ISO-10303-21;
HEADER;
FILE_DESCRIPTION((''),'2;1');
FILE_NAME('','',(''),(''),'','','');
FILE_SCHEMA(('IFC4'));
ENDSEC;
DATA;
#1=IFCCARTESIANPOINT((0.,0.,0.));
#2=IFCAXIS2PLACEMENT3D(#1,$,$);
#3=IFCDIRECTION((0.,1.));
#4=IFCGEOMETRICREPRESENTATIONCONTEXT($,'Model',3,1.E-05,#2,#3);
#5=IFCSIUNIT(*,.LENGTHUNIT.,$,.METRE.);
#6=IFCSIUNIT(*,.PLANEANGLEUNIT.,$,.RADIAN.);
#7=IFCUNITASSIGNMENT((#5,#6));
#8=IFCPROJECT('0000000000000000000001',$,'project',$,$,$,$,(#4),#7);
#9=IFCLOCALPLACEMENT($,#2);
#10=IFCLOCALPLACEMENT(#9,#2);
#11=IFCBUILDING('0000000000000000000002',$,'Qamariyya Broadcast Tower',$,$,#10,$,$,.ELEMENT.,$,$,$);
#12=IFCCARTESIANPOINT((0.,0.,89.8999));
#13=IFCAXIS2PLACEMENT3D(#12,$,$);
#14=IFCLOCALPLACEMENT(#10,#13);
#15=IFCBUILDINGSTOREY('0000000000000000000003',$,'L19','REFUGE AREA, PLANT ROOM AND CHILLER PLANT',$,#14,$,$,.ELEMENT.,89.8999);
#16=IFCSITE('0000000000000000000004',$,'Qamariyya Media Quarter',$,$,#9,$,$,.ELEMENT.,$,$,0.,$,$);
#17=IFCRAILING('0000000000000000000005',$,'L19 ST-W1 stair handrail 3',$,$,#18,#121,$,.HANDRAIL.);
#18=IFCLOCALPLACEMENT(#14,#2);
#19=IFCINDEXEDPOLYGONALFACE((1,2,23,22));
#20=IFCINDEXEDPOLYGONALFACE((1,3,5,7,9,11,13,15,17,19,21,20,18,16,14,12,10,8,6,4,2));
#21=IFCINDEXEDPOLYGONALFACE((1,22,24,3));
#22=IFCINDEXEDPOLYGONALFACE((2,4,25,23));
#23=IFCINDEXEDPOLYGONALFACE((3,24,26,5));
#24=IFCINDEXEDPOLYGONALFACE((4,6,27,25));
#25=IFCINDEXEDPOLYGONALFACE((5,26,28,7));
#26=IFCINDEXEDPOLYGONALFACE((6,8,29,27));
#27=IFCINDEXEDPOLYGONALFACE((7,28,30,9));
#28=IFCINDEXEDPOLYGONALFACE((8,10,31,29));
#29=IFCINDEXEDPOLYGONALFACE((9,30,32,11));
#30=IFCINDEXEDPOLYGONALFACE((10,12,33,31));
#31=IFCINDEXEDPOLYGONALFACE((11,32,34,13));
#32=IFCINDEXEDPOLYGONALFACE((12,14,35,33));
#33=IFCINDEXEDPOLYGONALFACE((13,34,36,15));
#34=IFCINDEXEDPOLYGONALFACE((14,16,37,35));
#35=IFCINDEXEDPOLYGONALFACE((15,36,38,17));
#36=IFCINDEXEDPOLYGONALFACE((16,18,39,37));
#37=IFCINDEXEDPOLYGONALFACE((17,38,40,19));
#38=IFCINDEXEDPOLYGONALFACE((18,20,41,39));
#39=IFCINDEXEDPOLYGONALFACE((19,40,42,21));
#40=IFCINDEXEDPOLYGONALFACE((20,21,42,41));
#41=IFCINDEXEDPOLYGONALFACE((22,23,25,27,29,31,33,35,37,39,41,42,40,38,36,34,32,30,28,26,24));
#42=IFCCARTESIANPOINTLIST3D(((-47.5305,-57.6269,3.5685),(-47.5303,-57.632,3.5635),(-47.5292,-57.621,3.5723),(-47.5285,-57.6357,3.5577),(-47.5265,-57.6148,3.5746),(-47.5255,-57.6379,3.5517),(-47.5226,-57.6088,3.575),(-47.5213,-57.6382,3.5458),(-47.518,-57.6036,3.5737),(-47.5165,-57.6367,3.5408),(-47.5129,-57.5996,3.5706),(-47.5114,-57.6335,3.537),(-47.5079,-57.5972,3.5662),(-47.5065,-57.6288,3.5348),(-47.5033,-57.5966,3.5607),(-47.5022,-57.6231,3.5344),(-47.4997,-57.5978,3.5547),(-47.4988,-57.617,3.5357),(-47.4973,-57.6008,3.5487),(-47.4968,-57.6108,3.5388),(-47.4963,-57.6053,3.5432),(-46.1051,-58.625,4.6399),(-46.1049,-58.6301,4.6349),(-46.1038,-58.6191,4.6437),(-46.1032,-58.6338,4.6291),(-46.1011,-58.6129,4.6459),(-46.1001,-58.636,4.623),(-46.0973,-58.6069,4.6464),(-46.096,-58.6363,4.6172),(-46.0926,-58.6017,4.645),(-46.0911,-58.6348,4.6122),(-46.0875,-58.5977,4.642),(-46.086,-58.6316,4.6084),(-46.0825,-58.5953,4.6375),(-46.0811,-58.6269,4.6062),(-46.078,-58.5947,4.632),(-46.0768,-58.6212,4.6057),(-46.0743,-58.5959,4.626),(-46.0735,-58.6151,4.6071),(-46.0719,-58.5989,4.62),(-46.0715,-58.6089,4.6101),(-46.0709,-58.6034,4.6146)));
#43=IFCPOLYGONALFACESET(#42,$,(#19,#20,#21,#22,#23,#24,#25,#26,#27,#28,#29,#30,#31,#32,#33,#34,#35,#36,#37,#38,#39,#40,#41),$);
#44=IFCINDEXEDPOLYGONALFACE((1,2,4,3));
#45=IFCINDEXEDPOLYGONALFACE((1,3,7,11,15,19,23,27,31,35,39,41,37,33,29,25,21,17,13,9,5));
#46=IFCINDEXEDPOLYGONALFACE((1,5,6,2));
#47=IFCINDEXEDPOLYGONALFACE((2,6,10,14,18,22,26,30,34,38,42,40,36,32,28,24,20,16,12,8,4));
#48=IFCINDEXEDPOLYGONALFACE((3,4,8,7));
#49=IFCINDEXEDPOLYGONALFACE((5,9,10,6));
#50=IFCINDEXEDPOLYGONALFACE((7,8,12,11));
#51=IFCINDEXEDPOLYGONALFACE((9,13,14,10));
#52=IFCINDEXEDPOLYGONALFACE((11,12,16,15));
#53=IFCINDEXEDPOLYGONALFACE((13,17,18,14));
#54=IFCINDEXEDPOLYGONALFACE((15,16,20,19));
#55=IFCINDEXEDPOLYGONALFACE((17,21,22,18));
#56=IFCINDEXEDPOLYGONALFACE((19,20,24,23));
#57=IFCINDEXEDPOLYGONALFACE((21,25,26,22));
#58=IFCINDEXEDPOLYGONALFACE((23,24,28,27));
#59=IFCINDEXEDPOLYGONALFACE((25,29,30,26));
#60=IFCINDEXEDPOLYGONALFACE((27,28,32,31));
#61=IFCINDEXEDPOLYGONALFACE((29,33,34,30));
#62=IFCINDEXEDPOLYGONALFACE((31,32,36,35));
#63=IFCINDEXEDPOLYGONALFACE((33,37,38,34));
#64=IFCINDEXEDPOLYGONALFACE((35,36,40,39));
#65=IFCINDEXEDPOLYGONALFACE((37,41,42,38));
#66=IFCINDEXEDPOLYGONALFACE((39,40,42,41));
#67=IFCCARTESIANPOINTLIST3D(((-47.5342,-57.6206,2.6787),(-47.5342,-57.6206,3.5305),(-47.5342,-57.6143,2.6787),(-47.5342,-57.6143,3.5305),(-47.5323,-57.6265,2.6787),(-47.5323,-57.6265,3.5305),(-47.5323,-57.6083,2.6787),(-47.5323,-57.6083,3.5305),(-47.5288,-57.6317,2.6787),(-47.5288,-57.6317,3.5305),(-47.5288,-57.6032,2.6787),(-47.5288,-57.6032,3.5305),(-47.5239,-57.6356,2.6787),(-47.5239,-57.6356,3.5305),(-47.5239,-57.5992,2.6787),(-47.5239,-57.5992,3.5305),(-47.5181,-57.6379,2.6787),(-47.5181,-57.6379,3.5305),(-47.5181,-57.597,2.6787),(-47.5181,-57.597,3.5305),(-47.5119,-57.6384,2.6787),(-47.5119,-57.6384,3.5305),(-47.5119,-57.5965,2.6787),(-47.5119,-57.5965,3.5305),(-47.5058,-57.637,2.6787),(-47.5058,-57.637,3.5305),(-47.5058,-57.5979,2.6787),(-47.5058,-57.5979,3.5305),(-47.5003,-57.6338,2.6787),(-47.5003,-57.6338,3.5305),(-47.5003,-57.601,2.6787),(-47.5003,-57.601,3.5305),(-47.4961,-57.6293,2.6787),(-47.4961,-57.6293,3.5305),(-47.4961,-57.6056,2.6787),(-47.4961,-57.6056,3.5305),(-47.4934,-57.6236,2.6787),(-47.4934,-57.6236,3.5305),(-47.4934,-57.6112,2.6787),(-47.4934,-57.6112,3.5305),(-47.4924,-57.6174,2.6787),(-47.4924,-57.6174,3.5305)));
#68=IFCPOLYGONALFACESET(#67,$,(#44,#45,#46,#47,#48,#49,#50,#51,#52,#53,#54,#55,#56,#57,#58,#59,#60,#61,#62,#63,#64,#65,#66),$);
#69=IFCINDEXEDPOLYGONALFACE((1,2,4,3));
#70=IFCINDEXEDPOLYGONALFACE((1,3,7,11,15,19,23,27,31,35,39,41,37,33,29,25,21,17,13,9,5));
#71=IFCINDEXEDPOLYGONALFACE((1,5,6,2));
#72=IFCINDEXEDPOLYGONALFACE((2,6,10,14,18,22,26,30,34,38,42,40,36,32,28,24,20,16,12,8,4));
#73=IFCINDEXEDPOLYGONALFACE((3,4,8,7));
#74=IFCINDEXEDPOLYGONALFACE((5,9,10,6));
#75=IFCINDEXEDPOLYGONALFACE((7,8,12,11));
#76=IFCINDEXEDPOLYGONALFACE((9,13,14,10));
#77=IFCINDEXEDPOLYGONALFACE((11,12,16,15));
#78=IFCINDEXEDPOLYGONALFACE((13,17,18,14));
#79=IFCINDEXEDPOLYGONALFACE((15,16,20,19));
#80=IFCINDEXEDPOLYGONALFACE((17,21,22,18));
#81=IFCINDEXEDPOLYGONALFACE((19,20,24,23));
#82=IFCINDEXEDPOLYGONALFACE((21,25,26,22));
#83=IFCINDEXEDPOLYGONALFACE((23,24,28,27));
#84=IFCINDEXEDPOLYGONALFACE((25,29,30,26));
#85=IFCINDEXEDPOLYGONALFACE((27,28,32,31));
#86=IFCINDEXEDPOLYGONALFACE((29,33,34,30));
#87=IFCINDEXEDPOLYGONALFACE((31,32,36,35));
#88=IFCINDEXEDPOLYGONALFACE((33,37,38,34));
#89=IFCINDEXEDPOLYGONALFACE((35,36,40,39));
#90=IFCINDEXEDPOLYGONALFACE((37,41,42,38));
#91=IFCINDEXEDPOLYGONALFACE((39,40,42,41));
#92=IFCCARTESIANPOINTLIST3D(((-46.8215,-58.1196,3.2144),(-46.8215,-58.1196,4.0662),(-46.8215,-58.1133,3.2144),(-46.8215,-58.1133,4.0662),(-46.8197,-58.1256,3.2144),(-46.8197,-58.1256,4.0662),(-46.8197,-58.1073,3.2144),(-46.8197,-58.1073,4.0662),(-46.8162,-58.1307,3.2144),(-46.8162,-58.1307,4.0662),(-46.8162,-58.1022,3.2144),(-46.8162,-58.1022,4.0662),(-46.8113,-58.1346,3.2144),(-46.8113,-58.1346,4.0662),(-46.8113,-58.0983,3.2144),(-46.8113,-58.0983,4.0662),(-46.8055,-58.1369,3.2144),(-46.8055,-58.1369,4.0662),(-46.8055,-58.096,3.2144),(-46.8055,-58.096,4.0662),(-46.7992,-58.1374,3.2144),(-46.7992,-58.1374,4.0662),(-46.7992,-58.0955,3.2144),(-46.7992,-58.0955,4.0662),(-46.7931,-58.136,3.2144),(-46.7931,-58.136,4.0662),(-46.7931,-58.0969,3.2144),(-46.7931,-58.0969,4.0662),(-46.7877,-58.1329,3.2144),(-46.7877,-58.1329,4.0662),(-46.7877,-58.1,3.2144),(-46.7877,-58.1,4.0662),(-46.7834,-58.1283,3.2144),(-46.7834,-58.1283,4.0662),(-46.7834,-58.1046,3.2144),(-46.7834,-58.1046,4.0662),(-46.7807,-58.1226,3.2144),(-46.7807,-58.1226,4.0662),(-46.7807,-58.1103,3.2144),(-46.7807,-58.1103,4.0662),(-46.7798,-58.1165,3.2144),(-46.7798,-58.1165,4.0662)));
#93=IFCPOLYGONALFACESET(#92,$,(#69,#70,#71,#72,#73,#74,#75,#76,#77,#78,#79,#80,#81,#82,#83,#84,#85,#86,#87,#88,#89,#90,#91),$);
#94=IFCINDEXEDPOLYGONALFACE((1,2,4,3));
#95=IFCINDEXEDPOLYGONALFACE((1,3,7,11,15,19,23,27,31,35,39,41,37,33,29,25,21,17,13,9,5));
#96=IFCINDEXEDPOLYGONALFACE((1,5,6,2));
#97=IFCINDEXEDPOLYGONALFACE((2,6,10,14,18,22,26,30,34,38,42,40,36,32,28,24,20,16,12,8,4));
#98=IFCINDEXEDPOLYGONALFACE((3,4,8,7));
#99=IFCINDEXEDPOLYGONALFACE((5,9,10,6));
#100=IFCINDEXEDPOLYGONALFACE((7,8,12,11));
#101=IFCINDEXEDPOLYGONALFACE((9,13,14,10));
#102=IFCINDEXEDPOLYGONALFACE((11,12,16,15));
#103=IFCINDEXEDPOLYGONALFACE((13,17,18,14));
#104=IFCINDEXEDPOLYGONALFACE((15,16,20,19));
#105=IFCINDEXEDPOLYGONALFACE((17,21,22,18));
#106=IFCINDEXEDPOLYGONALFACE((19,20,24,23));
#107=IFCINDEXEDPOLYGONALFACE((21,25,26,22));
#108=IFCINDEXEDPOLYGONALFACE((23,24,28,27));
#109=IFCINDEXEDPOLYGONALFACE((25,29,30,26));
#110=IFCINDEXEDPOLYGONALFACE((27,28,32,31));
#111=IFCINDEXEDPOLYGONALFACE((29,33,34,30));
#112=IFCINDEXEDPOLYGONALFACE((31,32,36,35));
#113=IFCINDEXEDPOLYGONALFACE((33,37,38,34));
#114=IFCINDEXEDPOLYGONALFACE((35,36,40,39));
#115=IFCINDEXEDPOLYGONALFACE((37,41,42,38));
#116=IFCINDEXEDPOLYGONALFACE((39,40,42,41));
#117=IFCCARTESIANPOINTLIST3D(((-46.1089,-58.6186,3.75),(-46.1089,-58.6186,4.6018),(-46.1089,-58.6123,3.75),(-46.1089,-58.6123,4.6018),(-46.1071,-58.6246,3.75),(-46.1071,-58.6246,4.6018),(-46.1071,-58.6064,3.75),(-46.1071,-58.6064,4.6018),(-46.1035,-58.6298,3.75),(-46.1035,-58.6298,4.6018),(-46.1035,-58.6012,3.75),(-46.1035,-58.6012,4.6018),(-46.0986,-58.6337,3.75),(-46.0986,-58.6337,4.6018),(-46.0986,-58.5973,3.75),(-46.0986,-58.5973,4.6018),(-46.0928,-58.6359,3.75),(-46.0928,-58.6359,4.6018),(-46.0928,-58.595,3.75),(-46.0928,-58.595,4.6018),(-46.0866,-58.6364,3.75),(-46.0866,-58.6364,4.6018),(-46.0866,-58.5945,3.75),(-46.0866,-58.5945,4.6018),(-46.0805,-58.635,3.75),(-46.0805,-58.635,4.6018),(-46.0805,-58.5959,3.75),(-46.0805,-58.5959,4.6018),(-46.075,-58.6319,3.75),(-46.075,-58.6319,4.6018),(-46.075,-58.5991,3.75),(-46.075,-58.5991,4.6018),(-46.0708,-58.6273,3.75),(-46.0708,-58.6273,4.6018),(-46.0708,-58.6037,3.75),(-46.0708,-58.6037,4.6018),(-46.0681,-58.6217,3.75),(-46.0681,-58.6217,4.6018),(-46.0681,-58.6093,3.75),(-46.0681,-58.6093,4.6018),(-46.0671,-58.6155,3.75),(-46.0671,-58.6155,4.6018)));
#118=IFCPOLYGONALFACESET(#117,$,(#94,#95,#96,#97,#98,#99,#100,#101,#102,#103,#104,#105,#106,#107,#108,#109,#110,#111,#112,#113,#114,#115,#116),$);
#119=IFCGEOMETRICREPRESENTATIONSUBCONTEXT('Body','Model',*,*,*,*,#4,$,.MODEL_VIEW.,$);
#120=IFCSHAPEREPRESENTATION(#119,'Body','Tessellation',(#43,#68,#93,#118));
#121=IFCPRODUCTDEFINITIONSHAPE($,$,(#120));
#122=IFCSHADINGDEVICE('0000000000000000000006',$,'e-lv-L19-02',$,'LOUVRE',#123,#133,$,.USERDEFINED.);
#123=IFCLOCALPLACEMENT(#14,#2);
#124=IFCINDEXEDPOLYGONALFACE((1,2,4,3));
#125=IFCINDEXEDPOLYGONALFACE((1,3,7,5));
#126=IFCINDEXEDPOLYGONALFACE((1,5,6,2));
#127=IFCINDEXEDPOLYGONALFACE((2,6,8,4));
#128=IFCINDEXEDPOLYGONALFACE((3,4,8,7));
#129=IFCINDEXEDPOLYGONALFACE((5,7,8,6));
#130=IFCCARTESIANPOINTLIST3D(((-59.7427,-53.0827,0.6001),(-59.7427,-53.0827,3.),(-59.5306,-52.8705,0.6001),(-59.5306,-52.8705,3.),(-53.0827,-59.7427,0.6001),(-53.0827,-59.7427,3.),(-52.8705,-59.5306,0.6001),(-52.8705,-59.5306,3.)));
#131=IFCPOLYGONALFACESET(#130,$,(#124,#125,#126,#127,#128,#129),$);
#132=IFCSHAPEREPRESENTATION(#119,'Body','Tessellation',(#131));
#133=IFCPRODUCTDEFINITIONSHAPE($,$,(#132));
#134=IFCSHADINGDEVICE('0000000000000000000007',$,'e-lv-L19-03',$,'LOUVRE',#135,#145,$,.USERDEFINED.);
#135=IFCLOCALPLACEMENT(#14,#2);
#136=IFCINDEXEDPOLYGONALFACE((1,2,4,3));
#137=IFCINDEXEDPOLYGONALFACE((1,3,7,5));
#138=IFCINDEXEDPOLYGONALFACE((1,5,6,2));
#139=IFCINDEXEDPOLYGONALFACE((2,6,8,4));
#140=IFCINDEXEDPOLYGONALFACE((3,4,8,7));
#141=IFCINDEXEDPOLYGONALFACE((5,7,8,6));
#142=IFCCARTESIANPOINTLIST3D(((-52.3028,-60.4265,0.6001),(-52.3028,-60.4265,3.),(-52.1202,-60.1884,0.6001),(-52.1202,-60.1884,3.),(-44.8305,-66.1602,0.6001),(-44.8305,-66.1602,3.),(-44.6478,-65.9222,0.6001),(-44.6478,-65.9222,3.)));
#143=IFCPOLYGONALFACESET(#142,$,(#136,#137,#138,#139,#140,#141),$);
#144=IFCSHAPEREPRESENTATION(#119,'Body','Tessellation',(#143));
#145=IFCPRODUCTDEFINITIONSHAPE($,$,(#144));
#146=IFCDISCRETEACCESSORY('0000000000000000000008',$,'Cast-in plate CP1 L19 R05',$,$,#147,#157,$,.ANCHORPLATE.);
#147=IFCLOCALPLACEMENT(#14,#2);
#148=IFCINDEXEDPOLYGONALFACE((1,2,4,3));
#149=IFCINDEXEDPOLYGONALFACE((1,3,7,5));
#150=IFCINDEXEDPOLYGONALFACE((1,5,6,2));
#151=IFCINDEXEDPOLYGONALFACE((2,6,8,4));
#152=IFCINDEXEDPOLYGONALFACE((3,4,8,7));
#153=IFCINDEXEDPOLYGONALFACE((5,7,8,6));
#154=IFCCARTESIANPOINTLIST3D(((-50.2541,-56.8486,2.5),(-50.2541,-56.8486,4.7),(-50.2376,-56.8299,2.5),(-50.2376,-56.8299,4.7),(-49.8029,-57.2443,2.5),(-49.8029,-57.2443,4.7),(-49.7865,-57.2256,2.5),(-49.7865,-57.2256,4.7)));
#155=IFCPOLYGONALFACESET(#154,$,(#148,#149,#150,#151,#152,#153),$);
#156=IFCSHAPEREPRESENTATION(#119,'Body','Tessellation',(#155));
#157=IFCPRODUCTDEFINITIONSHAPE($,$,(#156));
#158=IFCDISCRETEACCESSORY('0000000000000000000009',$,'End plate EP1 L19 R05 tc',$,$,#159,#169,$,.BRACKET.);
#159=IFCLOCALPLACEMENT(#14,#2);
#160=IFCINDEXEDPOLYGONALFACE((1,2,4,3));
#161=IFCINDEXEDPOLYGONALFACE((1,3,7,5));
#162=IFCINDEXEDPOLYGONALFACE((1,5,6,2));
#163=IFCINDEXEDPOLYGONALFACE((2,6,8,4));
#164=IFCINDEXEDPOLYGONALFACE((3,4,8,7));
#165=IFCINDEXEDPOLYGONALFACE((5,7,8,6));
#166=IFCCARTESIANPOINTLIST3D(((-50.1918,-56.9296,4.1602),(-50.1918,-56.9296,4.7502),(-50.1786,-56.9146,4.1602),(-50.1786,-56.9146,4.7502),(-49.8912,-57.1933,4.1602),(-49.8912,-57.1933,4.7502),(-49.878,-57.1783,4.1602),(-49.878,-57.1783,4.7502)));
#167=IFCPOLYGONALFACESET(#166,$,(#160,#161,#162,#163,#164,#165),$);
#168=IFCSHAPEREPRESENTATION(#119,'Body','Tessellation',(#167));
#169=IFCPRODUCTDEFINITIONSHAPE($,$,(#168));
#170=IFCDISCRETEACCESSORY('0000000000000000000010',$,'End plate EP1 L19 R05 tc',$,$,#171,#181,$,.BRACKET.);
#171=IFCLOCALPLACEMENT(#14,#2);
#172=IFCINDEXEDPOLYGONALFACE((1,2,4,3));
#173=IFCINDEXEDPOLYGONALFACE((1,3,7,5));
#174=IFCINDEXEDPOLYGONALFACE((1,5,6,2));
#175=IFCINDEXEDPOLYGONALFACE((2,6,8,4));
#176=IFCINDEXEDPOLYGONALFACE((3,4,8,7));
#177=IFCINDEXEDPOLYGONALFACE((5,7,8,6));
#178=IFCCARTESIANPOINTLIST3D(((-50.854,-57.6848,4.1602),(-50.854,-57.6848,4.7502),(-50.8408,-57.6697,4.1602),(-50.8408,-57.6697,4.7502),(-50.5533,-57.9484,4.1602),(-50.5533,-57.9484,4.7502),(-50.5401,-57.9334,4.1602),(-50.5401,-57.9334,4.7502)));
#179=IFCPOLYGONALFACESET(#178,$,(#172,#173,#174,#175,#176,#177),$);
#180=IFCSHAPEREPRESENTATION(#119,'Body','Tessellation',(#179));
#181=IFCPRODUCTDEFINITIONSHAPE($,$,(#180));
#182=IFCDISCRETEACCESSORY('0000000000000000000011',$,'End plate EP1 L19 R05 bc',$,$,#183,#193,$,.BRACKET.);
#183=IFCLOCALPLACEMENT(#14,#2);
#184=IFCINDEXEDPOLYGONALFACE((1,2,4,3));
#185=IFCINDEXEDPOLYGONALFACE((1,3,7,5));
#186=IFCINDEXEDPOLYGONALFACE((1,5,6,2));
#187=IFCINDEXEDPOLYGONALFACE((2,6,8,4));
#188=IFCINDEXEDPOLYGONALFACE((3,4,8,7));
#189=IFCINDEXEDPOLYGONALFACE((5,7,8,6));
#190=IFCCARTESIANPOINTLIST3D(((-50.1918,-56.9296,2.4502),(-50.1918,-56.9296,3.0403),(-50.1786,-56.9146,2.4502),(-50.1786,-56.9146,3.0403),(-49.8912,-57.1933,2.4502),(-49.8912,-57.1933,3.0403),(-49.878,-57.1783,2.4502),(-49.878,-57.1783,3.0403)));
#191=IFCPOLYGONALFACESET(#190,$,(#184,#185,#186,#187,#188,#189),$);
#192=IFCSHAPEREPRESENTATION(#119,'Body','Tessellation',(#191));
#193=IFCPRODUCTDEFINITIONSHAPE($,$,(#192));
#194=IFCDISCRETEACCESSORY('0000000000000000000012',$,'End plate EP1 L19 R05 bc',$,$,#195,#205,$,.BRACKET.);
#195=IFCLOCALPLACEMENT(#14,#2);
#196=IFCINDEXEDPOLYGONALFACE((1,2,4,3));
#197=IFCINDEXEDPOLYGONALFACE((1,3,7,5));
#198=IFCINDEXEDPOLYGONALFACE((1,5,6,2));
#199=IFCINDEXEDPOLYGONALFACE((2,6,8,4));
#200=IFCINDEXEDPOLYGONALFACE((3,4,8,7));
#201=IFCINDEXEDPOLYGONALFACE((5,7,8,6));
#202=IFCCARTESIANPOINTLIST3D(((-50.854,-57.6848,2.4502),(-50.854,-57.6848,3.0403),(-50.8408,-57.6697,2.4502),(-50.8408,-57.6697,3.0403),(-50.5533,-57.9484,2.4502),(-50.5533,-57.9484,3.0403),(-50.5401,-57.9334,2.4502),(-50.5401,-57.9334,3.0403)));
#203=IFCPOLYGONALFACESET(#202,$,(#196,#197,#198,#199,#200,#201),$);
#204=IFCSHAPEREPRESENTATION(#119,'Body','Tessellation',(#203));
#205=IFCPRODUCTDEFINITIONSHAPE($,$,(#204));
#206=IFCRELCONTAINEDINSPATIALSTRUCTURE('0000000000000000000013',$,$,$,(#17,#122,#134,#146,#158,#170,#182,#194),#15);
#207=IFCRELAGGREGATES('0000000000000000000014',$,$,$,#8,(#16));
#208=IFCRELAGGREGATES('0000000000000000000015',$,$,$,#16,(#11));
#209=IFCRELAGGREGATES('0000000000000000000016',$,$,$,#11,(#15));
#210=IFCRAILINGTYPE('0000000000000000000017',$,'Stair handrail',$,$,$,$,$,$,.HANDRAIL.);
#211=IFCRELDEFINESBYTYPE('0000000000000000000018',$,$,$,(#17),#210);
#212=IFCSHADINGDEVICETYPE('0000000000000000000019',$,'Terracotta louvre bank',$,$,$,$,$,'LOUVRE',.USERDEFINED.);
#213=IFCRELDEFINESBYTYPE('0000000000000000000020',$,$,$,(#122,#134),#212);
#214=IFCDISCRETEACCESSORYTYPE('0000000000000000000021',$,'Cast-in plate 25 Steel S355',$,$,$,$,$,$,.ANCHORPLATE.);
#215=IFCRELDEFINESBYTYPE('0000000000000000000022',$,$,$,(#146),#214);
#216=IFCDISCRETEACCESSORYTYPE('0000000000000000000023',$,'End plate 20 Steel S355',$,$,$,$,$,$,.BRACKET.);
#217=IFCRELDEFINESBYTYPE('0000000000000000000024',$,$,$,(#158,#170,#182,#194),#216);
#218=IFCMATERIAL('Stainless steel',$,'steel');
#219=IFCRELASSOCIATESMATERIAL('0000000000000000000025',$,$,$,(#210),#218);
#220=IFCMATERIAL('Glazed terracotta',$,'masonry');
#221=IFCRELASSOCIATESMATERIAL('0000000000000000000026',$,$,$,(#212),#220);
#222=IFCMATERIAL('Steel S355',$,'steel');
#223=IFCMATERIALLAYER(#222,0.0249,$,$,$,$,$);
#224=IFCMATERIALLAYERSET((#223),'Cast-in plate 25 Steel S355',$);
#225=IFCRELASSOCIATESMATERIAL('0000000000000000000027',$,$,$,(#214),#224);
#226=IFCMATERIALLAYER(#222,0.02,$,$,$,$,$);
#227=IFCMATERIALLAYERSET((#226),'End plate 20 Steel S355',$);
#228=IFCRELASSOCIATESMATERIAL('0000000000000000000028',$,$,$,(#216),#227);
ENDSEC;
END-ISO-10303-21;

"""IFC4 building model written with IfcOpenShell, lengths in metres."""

from ifc_helpers import new_model, si_unit, direction, frame, origin, origin_2d, place, context, subcontext, project, spatial, rectangle, circle, extrude, material, layer, layer_set, type_object, element, save


model = new_model("IFC4")

# Units and contexts
model_context = context("Model", 3, precision=1e-05, world=origin(), true_north=direction((0.0, 1.0)))
body_context = subcontext(model_context, "Body", "Model", "MODEL_VIEW")
ifc_project = project(units=[si_unit("LENGTHUNIT", "METRE"), si_unit("PLANEANGLEUNIT", "RADIAN")], contexts=[model_context])

# Site, building, storey
site_placement = place(None, origin())
site = spatial("IfcSite", under=ifc_project, at=site_placement, Name="Qamariyya Media Quarter", CompositionType="ELEMENT", RefElevation=0.0)
building_placement = place(site_placement, origin())
building = spatial("IfcBuilding", under=site, at=building_placement, Name="Qamariyya Broadcast Tower", CompositionType="ELEMENT")
storey_placement = place(building_placement, frame((0.0, 0.0, 89.8999)))
storey = spatial("IfcBuildingStorey", under=building, at=storey_placement, Name="L19", Description="REFUGE AREA, PLANT ROOM AND CHILLER PLANT", CompositionType="ELEMENT", Elevation=89.8999)

# Shared definitions
ifc_material_1 = material(Name="Steel S355", Category="steel")

# Railing
ifc_material_2 = material(Name="Stainless steel", Category="steel")
railing_type_1 = type_object("IfcRailingType", Name="Stair handrail", PredefinedType="HANDRAIL", material=ifc_material_2)
for number, where, name in (
    (1, (-47.5134, -57.6174, 2.6787), "L19 ST-W1 stair handrail 3"),
):
    element("IfcRailing", number, at=place(storey_placement, frame(where)), inside=storey, type_object=railing_type_1, Name=name, PredefinedType="HANDRAIL", context=body_context, shape_type="SweptSolid", body=[
        extrude(circle(Radius=0.0239, at=origin_2d()), frame((0.0, 0.0, 0.876), z_axis=(0.697533, -0.48844, 0.524285), x_axis=(0.573594, 0.81914, 0.0)), (0.0, 0.0, 1.0), 2.0435),
        extrude(circle(Radius=0.021, at=origin_2d()), origin(), (0.0, 0.0, 1.0), 0.8518),
        extrude(circle(Radius=0.021, at=origin_2d()), frame((0.7126, -0.499, 0.5356)), (0.0, 0.0, 1.0), 0.8518),
        extrude(circle(Radius=0.021, at=origin_2d()), frame((1.4253, -0.998, 1.0713)), (0.0, 0.0, 1.0), 0.8518),
    ])

# Shading devices
ifc_material_3 = material(Name="Glazed terracotta", Category="masonry")
shading_device_type = type_object("IfcShadingDeviceType", Name="Terracotta louvre bank", ElementType="LOUVRE", PredefinedType="USERDEFINED", material=ifc_material_3)
for number, where, z_axis, x_axis, name in (
    (2, (-56.3066, -56.3066, 0.6001), (0.0, 0.0, 1.0), (0.707107, -0.707107, 0.0), "e-lv-L19-02"),
    (3, (-48.4753, -63.1743, 0.6001), (0.0, 0.0, 1.0), (0.793353, -0.608761, 0.0), "e-lv-L19-03"),
):
    element("IfcShadingDevice", number, at=place(storey_placement, frame(where, z_axis=z_axis, x_axis=x_axis)), inside=storey, type_object=shading_device_type, Name=name, ObjectType="LOUVRE", PredefinedType="USERDEFINED", context=body_context, shape_type="SweptSolid", body=[
        extrude(rectangle(XDim=9.4187, YDim=0.3, at=origin_2d()), origin(), (0.0, 0.0, 1.0), 2.3999),
    ])

# Discrete accessories
ifc_layer_1 = layer(ifc_material_1, 0.0249)
ifc_layer_set_1 = layer_set([ifc_layer_1], Name="Cast-in plate 25 Steel S355")
discrete_accessory_type_1 = type_object("IfcDiscreteAccessoryType", Name="Cast-in plate 25 Steel S355", PredefinedType="ANCHORPLATE", material=ifc_layer_set_1)
discrete_accessory_placement = place(storey_placement, frame((-50.0203, -57.0371, 2.5), z_axis=(0.0, 0.0, 1.0), x_axis=(-0.75184, 0.659346, 0.0)))
element("IfcDiscreteAccessory", 4, at=discrete_accessory_placement, inside=storey, type_object=discrete_accessory_type_1, Name="Cast-in plate CP1 L19 R05", PredefinedType="ANCHORPLATE", context=body_context, shape_type="SweptSolid", body=[
    extrude(rectangle(XDim=0.6001, YDim=0.0249, at=origin_2d()), origin(), (0.0, 0.0, 1.0), 2.2),
])
ifc_layer_2 = layer(ifc_material_1, 0.02)
ifc_layer_set_2 = layer_set([ifc_layer_2], Name="End plate 20 Steel S355")
discrete_accessory_type_2 = type_object("IfcDiscreteAccessoryType", Name="End plate 20 Steel S355", PredefinedType="BRACKET", material=ifc_layer_set_2)
for number, where, z_axis, x_axis, name in (
    (5, (-50.0349, -57.054, 4.1602), (0.0, 0.0, 1.0), (-0.75184, 0.659346, 0.0), "End plate EP1 L19 R05 tc"),
    (6, (-50.697, -57.8091, 4.1602), (0.0, 0.0, 1.0), (-0.75184, 0.659346, 0.0), "End plate EP1 L19 R05 tc"),
    (7, (-50.0349, -57.054, 2.4502), (0.0, 0.0, 1.0), (-0.75184, 0.659346, 0.0), "End plate EP1 L19 R05 bc"),
    (8, (-50.697, -57.8091, 2.4502), (0.0, 0.0, 1.0), (-0.75184, 0.659346, 0.0), "End plate EP1 L19 R05 bc"),
):
    element("IfcDiscreteAccessory", number, at=place(storey_placement, frame(where, z_axis=z_axis, x_axis=x_axis)), inside=storey, type_object=discrete_accessory_type_2, Name=name, PredefinedType="BRACKET", context=body_context, shape_type="SweptSolid", body=[
        extrude(rectangle(XDim=0.3999, YDim=0.02, at=origin_2d()), origin(), (0.0, 0.0, 1.0), 0.5901),
    ])

save(model, "model.ifc")
